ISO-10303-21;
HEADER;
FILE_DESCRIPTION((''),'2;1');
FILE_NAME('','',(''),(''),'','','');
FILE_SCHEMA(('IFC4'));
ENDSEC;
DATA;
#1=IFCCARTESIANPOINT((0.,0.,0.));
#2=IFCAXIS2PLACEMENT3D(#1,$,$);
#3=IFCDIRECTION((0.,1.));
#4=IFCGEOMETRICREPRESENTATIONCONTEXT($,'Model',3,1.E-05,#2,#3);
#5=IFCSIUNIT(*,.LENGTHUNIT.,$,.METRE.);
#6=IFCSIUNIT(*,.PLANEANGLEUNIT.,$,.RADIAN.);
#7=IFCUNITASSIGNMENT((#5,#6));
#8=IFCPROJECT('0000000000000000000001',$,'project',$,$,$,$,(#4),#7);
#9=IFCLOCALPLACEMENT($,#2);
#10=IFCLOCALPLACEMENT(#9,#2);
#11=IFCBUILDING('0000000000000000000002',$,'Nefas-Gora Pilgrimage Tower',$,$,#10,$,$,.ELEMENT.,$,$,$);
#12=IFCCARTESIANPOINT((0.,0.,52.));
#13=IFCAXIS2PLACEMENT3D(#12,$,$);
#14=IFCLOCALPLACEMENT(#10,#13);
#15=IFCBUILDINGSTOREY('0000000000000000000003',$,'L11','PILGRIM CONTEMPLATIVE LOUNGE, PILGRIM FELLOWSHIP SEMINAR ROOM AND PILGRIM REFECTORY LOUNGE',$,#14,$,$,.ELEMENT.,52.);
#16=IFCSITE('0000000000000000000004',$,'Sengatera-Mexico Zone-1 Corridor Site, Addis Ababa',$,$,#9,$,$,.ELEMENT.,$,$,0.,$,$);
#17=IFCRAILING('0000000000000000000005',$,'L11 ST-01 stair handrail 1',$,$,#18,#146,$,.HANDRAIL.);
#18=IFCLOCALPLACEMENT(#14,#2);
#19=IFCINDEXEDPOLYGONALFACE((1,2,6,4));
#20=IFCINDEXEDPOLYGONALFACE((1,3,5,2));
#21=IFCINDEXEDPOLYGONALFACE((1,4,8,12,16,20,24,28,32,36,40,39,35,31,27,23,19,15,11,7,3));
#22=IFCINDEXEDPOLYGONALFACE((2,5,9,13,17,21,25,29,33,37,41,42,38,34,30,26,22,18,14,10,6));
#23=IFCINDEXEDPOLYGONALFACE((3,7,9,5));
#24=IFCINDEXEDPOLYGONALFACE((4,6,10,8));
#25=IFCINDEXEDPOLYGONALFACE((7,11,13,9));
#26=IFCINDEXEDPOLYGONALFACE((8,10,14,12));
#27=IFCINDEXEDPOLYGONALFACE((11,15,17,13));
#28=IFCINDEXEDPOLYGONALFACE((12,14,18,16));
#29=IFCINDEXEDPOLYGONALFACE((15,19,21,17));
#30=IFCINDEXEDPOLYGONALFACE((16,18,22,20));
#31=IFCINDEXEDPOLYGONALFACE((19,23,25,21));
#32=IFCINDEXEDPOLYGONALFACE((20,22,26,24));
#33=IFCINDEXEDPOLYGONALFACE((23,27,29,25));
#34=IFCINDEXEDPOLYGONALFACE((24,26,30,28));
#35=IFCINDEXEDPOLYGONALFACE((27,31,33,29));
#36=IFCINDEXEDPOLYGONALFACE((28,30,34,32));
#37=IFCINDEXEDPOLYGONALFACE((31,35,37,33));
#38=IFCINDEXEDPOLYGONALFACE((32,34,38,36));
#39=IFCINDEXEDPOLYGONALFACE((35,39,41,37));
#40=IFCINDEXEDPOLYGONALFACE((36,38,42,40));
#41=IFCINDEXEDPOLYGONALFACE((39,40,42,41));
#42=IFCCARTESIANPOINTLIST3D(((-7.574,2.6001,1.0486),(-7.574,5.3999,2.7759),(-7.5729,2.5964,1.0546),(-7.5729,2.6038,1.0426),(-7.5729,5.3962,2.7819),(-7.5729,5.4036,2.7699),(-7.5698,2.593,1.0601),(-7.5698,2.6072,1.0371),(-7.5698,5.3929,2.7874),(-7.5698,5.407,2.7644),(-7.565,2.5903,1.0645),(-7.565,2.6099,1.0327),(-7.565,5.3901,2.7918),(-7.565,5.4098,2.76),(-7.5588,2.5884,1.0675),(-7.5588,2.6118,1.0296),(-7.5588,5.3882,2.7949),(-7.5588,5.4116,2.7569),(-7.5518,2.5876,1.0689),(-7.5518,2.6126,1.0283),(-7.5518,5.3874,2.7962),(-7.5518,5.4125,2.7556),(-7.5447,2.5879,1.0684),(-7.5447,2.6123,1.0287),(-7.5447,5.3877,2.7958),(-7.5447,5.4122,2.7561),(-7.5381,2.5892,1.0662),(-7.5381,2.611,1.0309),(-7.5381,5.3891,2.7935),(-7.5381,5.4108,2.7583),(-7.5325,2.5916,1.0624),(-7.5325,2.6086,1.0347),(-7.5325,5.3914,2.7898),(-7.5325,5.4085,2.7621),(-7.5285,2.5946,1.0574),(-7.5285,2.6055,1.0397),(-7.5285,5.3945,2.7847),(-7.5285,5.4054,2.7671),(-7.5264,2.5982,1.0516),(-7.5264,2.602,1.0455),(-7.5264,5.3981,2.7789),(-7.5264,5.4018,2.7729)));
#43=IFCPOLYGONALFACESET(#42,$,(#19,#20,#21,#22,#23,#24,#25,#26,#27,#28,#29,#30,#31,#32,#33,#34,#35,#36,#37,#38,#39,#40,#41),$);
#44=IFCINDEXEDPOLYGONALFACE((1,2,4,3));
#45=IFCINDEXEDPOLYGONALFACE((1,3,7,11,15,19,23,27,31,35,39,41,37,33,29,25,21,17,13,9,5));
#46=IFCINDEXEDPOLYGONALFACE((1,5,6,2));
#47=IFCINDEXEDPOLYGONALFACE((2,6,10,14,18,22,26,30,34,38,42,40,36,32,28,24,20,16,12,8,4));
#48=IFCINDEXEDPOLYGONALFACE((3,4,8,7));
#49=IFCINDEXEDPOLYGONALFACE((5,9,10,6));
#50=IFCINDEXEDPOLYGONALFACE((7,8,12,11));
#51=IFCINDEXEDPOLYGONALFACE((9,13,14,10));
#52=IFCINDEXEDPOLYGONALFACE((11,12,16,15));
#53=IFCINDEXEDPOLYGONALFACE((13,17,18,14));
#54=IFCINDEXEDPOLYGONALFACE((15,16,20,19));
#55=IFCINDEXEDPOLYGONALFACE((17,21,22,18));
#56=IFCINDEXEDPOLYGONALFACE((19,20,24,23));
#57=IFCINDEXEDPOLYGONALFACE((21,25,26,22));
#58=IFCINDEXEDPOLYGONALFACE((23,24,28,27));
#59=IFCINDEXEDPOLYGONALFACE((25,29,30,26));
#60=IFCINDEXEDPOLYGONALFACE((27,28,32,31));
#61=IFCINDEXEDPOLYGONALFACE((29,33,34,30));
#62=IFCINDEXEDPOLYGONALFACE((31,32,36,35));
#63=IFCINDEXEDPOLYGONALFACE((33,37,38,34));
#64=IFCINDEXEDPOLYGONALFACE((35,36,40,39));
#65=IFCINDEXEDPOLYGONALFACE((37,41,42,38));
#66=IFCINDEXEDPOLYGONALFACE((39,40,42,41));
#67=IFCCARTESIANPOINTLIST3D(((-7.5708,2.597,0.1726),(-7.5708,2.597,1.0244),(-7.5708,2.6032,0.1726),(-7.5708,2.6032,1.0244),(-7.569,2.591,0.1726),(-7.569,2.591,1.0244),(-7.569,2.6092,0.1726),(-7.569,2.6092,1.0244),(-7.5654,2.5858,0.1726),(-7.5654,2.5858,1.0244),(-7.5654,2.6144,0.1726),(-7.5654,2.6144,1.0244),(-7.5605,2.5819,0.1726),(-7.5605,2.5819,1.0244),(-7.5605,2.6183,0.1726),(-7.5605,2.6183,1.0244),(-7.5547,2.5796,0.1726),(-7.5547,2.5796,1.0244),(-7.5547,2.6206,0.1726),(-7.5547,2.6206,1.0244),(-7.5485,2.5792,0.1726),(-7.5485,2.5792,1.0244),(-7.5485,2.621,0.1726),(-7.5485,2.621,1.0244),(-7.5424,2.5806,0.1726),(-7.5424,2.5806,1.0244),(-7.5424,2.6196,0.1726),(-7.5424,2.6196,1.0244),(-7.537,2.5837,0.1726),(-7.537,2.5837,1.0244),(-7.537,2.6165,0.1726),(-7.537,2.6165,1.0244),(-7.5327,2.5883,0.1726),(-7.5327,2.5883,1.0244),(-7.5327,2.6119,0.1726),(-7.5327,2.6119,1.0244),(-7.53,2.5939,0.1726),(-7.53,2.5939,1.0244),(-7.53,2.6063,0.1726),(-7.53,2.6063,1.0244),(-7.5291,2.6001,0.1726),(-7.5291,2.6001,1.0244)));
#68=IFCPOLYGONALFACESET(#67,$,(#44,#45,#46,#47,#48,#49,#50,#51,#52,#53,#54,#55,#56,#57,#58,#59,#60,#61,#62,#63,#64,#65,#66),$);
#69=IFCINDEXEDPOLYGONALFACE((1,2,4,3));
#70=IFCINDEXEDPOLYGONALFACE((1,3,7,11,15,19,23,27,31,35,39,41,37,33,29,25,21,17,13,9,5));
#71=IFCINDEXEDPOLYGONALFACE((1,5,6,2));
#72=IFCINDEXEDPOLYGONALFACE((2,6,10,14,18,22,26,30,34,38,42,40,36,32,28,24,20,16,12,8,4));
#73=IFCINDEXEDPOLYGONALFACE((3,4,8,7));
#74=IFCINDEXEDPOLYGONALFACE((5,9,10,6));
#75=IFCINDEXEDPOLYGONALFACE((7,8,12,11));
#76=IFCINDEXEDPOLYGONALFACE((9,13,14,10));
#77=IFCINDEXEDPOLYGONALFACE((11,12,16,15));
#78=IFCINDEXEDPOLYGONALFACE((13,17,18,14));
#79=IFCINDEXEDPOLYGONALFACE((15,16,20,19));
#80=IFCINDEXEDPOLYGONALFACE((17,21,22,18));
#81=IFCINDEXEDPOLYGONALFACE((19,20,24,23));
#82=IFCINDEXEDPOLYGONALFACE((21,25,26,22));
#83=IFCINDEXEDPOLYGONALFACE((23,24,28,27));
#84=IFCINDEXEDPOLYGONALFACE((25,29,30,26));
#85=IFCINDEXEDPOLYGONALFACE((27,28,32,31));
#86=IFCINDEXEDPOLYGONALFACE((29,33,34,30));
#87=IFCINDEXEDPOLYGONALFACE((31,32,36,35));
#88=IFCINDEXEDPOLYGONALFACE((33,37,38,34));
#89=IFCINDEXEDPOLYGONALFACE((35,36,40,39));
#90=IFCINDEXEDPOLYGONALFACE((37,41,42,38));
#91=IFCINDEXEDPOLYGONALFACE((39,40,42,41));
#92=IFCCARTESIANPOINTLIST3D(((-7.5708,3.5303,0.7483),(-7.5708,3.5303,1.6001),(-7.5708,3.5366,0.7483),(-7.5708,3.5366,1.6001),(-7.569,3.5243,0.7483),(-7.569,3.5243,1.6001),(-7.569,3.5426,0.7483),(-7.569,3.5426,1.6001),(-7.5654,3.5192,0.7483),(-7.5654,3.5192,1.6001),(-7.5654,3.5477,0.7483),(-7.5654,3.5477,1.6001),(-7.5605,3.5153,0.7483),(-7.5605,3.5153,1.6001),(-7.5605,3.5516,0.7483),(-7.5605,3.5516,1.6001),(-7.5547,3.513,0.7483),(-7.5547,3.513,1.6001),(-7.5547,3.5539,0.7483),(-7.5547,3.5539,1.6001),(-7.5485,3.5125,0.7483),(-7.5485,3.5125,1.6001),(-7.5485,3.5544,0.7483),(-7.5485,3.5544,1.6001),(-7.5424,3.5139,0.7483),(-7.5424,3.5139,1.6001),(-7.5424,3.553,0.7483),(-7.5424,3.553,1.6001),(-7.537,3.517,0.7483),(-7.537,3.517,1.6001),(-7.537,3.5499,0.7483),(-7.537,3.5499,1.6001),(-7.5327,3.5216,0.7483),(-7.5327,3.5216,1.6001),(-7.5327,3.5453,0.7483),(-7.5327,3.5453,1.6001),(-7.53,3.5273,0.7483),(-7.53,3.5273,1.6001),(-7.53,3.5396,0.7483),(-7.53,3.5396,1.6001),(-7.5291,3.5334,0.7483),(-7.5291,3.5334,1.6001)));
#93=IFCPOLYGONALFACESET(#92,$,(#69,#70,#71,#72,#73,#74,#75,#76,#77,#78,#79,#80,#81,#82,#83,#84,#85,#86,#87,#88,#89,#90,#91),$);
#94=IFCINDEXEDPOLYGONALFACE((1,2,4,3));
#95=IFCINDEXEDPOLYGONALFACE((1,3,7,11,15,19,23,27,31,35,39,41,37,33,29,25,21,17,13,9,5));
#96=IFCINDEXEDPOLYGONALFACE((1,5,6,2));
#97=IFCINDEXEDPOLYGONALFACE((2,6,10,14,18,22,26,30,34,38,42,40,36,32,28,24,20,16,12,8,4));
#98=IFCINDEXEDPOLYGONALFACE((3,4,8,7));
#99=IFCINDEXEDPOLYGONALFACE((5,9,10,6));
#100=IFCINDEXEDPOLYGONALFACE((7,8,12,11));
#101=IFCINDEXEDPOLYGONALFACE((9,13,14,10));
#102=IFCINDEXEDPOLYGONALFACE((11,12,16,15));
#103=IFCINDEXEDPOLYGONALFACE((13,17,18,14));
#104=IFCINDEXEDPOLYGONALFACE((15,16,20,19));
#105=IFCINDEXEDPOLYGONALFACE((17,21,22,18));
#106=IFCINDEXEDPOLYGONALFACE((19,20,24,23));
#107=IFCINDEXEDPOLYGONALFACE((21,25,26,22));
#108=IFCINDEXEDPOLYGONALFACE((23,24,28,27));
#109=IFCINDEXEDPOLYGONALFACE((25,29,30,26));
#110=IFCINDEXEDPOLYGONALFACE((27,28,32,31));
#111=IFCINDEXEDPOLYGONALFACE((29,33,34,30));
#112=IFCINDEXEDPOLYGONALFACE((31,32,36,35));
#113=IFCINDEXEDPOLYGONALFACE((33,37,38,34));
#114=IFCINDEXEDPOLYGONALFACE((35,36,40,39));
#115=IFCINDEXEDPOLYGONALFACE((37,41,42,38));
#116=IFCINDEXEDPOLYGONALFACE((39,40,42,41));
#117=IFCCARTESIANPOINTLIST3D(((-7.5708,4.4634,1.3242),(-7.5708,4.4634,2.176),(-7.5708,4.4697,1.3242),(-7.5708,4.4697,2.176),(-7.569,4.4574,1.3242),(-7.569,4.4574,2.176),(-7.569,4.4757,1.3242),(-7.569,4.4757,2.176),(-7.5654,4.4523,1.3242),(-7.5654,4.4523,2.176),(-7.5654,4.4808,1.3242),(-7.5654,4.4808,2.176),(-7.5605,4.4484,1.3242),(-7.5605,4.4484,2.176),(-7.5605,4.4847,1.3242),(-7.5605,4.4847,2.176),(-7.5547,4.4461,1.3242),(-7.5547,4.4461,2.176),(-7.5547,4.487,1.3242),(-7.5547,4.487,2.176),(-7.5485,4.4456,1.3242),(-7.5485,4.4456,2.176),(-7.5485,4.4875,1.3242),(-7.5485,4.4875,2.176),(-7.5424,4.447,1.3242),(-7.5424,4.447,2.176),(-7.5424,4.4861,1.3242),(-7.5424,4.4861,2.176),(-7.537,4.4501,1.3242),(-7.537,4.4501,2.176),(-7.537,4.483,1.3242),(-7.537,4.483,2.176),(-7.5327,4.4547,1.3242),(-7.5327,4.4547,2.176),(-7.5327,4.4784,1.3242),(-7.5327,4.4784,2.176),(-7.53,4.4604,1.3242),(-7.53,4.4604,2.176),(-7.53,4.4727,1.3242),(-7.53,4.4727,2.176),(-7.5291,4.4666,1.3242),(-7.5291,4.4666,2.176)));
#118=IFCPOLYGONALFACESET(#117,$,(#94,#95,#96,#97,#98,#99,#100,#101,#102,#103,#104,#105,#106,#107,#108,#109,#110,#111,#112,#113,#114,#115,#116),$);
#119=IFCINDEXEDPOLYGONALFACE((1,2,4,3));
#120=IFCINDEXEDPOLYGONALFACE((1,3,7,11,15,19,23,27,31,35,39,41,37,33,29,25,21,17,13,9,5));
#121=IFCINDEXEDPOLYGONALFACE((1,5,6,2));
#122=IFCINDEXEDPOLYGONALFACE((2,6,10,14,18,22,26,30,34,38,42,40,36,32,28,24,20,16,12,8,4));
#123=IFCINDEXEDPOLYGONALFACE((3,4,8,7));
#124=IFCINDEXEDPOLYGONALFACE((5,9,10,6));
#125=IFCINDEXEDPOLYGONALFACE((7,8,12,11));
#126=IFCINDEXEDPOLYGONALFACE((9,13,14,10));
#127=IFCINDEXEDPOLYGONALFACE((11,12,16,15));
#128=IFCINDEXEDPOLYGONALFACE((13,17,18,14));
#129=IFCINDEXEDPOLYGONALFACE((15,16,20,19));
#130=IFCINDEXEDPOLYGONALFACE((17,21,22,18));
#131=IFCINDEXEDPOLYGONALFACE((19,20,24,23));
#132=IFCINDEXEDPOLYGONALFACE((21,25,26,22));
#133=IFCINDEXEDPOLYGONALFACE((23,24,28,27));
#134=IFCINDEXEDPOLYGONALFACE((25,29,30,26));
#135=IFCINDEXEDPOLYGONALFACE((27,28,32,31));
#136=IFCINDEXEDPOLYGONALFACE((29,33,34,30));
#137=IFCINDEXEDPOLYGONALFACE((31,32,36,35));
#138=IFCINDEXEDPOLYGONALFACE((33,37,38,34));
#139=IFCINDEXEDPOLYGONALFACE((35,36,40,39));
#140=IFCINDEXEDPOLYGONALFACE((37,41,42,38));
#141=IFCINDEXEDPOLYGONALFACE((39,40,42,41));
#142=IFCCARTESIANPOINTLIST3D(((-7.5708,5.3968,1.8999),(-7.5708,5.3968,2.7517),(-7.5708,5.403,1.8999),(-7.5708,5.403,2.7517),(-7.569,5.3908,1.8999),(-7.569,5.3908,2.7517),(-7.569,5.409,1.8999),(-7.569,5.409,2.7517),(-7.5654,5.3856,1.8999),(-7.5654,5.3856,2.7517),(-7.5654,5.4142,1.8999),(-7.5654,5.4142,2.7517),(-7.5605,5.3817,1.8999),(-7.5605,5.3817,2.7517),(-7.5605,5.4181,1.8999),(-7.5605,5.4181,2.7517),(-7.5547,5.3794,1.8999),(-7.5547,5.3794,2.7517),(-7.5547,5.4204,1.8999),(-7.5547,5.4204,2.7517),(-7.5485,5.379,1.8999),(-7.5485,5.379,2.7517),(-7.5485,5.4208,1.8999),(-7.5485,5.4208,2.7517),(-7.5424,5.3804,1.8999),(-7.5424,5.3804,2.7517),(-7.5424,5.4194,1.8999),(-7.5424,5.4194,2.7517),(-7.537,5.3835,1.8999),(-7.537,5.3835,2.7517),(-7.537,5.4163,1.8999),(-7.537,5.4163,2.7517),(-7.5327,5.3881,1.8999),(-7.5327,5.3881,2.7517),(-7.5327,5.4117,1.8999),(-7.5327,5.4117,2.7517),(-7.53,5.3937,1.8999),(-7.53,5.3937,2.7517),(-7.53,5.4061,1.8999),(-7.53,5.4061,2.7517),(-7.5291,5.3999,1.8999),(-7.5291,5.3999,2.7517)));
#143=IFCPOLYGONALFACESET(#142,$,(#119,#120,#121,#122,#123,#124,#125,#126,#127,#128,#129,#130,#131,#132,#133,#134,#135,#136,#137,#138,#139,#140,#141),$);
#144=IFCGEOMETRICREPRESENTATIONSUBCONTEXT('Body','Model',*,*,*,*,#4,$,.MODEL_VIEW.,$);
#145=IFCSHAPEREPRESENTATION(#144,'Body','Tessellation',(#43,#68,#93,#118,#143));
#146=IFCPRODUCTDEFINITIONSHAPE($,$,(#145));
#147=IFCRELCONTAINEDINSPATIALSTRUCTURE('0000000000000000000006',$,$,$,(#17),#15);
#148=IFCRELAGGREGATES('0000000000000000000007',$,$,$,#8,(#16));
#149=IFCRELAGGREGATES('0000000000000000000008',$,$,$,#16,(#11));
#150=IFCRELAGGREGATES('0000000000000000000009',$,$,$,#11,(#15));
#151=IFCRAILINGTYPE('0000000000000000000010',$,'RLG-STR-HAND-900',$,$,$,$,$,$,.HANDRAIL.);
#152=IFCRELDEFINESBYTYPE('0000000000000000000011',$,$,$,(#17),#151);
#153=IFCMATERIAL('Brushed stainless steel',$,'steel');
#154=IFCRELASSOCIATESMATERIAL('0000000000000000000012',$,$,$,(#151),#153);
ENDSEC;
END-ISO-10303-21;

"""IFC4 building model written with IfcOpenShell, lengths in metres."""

from ifc_helpers import new_model, si_unit, direction, frame, origin, origin_2d, place, context, subcontext, project, spatial, circle, extrude, material, type_object, element, save


model = new_model("IFC4")

# Units and contexts
model_context = context("Model", 3, precision=1e-05, world=origin(), true_north=direction((0.0, 1.0)))
body_context = subcontext(model_context, "Body", "Model", "MODEL_VIEW")
ifc_project = project(units=[si_unit("LENGTHUNIT", "METRE"), si_unit("PLANEANGLEUNIT", "RADIAN")], contexts=[model_context])

# Site, building, storey
site_placement = place(None, origin())
site = spatial("IfcSite", under=ifc_project, at=site_placement, Name="Sengatera-Mexico Zone-1 Corridor Site, Addis Ababa", CompositionType="ELEMENT", RefElevation=0.0)
building_placement = place(site_placement, origin())
building = spatial("IfcBuilding", under=site, at=building_placement, Name="Nefas-Gora Pilgrimage Tower", CompositionType="ELEMENT")
storey_placement = place(building_placement, frame((0.0, 0.0, 52.0)))
storey = spatial("IfcBuildingStorey", under=building, at=storey_placement, Name="L11", Description="PILGRIM CONTEMPLATIVE LOUNGE, PILGRIM FELLOWSHIP SEMINAR ROOM AND PILGRIM REFECTORY LOUNGE", CompositionType="ELEMENT", Elevation=52.0)

# Railing
ifc_material_1 = material(Name="Brushed stainless steel", Category="steel")
railing_type_1 = type_object("IfcRailingType", Name="RLG-STR-HAND-900", PredefinedType="HANDRAIL", material=ifc_material_1)
railing_1_placement = place(storey_placement, frame((-7.55, 2.6001, 0.1726)))
element("IfcRailing", 1, at=railing_1_placement, inside=storey, type_object=railing_type_1, Name="L11 ST-01 stair handrail 1", PredefinedType="HANDRAIL", context=body_context, shape_type="SweptSolid", body=[
    extrude(circle(Radius=0.0239, at=origin_2d()), frame((0.0, 0.0, 0.876), z_axis=(0.0, 0.851069, 0.525054), x_axis=(-1.0, 0.0, 0.0)), (0.0, 0.0, 1.0), 3.2898),
    extrude(circle(Radius=0.021, at=origin_2d()), origin(), (0.0, 0.0, 1.0), 0.8518),
    extrude(circle(Radius=0.021, at=origin_2d()), frame((0.0, 0.9333, 0.5757)), (0.0, 0.0, 1.0), 0.8518),
    extrude(circle(Radius=0.021, at=origin_2d()), frame((0.0, 1.8665, 1.1516)), (0.0, 0.0, 1.0), 0.8518),
    extrude(circle(Radius=0.021, at=origin_2d()), frame((0.0, 2.7998, 1.7273)), (0.0, 0.0, 1.0), 0.8518),
])

save(model, "model.ifc")
